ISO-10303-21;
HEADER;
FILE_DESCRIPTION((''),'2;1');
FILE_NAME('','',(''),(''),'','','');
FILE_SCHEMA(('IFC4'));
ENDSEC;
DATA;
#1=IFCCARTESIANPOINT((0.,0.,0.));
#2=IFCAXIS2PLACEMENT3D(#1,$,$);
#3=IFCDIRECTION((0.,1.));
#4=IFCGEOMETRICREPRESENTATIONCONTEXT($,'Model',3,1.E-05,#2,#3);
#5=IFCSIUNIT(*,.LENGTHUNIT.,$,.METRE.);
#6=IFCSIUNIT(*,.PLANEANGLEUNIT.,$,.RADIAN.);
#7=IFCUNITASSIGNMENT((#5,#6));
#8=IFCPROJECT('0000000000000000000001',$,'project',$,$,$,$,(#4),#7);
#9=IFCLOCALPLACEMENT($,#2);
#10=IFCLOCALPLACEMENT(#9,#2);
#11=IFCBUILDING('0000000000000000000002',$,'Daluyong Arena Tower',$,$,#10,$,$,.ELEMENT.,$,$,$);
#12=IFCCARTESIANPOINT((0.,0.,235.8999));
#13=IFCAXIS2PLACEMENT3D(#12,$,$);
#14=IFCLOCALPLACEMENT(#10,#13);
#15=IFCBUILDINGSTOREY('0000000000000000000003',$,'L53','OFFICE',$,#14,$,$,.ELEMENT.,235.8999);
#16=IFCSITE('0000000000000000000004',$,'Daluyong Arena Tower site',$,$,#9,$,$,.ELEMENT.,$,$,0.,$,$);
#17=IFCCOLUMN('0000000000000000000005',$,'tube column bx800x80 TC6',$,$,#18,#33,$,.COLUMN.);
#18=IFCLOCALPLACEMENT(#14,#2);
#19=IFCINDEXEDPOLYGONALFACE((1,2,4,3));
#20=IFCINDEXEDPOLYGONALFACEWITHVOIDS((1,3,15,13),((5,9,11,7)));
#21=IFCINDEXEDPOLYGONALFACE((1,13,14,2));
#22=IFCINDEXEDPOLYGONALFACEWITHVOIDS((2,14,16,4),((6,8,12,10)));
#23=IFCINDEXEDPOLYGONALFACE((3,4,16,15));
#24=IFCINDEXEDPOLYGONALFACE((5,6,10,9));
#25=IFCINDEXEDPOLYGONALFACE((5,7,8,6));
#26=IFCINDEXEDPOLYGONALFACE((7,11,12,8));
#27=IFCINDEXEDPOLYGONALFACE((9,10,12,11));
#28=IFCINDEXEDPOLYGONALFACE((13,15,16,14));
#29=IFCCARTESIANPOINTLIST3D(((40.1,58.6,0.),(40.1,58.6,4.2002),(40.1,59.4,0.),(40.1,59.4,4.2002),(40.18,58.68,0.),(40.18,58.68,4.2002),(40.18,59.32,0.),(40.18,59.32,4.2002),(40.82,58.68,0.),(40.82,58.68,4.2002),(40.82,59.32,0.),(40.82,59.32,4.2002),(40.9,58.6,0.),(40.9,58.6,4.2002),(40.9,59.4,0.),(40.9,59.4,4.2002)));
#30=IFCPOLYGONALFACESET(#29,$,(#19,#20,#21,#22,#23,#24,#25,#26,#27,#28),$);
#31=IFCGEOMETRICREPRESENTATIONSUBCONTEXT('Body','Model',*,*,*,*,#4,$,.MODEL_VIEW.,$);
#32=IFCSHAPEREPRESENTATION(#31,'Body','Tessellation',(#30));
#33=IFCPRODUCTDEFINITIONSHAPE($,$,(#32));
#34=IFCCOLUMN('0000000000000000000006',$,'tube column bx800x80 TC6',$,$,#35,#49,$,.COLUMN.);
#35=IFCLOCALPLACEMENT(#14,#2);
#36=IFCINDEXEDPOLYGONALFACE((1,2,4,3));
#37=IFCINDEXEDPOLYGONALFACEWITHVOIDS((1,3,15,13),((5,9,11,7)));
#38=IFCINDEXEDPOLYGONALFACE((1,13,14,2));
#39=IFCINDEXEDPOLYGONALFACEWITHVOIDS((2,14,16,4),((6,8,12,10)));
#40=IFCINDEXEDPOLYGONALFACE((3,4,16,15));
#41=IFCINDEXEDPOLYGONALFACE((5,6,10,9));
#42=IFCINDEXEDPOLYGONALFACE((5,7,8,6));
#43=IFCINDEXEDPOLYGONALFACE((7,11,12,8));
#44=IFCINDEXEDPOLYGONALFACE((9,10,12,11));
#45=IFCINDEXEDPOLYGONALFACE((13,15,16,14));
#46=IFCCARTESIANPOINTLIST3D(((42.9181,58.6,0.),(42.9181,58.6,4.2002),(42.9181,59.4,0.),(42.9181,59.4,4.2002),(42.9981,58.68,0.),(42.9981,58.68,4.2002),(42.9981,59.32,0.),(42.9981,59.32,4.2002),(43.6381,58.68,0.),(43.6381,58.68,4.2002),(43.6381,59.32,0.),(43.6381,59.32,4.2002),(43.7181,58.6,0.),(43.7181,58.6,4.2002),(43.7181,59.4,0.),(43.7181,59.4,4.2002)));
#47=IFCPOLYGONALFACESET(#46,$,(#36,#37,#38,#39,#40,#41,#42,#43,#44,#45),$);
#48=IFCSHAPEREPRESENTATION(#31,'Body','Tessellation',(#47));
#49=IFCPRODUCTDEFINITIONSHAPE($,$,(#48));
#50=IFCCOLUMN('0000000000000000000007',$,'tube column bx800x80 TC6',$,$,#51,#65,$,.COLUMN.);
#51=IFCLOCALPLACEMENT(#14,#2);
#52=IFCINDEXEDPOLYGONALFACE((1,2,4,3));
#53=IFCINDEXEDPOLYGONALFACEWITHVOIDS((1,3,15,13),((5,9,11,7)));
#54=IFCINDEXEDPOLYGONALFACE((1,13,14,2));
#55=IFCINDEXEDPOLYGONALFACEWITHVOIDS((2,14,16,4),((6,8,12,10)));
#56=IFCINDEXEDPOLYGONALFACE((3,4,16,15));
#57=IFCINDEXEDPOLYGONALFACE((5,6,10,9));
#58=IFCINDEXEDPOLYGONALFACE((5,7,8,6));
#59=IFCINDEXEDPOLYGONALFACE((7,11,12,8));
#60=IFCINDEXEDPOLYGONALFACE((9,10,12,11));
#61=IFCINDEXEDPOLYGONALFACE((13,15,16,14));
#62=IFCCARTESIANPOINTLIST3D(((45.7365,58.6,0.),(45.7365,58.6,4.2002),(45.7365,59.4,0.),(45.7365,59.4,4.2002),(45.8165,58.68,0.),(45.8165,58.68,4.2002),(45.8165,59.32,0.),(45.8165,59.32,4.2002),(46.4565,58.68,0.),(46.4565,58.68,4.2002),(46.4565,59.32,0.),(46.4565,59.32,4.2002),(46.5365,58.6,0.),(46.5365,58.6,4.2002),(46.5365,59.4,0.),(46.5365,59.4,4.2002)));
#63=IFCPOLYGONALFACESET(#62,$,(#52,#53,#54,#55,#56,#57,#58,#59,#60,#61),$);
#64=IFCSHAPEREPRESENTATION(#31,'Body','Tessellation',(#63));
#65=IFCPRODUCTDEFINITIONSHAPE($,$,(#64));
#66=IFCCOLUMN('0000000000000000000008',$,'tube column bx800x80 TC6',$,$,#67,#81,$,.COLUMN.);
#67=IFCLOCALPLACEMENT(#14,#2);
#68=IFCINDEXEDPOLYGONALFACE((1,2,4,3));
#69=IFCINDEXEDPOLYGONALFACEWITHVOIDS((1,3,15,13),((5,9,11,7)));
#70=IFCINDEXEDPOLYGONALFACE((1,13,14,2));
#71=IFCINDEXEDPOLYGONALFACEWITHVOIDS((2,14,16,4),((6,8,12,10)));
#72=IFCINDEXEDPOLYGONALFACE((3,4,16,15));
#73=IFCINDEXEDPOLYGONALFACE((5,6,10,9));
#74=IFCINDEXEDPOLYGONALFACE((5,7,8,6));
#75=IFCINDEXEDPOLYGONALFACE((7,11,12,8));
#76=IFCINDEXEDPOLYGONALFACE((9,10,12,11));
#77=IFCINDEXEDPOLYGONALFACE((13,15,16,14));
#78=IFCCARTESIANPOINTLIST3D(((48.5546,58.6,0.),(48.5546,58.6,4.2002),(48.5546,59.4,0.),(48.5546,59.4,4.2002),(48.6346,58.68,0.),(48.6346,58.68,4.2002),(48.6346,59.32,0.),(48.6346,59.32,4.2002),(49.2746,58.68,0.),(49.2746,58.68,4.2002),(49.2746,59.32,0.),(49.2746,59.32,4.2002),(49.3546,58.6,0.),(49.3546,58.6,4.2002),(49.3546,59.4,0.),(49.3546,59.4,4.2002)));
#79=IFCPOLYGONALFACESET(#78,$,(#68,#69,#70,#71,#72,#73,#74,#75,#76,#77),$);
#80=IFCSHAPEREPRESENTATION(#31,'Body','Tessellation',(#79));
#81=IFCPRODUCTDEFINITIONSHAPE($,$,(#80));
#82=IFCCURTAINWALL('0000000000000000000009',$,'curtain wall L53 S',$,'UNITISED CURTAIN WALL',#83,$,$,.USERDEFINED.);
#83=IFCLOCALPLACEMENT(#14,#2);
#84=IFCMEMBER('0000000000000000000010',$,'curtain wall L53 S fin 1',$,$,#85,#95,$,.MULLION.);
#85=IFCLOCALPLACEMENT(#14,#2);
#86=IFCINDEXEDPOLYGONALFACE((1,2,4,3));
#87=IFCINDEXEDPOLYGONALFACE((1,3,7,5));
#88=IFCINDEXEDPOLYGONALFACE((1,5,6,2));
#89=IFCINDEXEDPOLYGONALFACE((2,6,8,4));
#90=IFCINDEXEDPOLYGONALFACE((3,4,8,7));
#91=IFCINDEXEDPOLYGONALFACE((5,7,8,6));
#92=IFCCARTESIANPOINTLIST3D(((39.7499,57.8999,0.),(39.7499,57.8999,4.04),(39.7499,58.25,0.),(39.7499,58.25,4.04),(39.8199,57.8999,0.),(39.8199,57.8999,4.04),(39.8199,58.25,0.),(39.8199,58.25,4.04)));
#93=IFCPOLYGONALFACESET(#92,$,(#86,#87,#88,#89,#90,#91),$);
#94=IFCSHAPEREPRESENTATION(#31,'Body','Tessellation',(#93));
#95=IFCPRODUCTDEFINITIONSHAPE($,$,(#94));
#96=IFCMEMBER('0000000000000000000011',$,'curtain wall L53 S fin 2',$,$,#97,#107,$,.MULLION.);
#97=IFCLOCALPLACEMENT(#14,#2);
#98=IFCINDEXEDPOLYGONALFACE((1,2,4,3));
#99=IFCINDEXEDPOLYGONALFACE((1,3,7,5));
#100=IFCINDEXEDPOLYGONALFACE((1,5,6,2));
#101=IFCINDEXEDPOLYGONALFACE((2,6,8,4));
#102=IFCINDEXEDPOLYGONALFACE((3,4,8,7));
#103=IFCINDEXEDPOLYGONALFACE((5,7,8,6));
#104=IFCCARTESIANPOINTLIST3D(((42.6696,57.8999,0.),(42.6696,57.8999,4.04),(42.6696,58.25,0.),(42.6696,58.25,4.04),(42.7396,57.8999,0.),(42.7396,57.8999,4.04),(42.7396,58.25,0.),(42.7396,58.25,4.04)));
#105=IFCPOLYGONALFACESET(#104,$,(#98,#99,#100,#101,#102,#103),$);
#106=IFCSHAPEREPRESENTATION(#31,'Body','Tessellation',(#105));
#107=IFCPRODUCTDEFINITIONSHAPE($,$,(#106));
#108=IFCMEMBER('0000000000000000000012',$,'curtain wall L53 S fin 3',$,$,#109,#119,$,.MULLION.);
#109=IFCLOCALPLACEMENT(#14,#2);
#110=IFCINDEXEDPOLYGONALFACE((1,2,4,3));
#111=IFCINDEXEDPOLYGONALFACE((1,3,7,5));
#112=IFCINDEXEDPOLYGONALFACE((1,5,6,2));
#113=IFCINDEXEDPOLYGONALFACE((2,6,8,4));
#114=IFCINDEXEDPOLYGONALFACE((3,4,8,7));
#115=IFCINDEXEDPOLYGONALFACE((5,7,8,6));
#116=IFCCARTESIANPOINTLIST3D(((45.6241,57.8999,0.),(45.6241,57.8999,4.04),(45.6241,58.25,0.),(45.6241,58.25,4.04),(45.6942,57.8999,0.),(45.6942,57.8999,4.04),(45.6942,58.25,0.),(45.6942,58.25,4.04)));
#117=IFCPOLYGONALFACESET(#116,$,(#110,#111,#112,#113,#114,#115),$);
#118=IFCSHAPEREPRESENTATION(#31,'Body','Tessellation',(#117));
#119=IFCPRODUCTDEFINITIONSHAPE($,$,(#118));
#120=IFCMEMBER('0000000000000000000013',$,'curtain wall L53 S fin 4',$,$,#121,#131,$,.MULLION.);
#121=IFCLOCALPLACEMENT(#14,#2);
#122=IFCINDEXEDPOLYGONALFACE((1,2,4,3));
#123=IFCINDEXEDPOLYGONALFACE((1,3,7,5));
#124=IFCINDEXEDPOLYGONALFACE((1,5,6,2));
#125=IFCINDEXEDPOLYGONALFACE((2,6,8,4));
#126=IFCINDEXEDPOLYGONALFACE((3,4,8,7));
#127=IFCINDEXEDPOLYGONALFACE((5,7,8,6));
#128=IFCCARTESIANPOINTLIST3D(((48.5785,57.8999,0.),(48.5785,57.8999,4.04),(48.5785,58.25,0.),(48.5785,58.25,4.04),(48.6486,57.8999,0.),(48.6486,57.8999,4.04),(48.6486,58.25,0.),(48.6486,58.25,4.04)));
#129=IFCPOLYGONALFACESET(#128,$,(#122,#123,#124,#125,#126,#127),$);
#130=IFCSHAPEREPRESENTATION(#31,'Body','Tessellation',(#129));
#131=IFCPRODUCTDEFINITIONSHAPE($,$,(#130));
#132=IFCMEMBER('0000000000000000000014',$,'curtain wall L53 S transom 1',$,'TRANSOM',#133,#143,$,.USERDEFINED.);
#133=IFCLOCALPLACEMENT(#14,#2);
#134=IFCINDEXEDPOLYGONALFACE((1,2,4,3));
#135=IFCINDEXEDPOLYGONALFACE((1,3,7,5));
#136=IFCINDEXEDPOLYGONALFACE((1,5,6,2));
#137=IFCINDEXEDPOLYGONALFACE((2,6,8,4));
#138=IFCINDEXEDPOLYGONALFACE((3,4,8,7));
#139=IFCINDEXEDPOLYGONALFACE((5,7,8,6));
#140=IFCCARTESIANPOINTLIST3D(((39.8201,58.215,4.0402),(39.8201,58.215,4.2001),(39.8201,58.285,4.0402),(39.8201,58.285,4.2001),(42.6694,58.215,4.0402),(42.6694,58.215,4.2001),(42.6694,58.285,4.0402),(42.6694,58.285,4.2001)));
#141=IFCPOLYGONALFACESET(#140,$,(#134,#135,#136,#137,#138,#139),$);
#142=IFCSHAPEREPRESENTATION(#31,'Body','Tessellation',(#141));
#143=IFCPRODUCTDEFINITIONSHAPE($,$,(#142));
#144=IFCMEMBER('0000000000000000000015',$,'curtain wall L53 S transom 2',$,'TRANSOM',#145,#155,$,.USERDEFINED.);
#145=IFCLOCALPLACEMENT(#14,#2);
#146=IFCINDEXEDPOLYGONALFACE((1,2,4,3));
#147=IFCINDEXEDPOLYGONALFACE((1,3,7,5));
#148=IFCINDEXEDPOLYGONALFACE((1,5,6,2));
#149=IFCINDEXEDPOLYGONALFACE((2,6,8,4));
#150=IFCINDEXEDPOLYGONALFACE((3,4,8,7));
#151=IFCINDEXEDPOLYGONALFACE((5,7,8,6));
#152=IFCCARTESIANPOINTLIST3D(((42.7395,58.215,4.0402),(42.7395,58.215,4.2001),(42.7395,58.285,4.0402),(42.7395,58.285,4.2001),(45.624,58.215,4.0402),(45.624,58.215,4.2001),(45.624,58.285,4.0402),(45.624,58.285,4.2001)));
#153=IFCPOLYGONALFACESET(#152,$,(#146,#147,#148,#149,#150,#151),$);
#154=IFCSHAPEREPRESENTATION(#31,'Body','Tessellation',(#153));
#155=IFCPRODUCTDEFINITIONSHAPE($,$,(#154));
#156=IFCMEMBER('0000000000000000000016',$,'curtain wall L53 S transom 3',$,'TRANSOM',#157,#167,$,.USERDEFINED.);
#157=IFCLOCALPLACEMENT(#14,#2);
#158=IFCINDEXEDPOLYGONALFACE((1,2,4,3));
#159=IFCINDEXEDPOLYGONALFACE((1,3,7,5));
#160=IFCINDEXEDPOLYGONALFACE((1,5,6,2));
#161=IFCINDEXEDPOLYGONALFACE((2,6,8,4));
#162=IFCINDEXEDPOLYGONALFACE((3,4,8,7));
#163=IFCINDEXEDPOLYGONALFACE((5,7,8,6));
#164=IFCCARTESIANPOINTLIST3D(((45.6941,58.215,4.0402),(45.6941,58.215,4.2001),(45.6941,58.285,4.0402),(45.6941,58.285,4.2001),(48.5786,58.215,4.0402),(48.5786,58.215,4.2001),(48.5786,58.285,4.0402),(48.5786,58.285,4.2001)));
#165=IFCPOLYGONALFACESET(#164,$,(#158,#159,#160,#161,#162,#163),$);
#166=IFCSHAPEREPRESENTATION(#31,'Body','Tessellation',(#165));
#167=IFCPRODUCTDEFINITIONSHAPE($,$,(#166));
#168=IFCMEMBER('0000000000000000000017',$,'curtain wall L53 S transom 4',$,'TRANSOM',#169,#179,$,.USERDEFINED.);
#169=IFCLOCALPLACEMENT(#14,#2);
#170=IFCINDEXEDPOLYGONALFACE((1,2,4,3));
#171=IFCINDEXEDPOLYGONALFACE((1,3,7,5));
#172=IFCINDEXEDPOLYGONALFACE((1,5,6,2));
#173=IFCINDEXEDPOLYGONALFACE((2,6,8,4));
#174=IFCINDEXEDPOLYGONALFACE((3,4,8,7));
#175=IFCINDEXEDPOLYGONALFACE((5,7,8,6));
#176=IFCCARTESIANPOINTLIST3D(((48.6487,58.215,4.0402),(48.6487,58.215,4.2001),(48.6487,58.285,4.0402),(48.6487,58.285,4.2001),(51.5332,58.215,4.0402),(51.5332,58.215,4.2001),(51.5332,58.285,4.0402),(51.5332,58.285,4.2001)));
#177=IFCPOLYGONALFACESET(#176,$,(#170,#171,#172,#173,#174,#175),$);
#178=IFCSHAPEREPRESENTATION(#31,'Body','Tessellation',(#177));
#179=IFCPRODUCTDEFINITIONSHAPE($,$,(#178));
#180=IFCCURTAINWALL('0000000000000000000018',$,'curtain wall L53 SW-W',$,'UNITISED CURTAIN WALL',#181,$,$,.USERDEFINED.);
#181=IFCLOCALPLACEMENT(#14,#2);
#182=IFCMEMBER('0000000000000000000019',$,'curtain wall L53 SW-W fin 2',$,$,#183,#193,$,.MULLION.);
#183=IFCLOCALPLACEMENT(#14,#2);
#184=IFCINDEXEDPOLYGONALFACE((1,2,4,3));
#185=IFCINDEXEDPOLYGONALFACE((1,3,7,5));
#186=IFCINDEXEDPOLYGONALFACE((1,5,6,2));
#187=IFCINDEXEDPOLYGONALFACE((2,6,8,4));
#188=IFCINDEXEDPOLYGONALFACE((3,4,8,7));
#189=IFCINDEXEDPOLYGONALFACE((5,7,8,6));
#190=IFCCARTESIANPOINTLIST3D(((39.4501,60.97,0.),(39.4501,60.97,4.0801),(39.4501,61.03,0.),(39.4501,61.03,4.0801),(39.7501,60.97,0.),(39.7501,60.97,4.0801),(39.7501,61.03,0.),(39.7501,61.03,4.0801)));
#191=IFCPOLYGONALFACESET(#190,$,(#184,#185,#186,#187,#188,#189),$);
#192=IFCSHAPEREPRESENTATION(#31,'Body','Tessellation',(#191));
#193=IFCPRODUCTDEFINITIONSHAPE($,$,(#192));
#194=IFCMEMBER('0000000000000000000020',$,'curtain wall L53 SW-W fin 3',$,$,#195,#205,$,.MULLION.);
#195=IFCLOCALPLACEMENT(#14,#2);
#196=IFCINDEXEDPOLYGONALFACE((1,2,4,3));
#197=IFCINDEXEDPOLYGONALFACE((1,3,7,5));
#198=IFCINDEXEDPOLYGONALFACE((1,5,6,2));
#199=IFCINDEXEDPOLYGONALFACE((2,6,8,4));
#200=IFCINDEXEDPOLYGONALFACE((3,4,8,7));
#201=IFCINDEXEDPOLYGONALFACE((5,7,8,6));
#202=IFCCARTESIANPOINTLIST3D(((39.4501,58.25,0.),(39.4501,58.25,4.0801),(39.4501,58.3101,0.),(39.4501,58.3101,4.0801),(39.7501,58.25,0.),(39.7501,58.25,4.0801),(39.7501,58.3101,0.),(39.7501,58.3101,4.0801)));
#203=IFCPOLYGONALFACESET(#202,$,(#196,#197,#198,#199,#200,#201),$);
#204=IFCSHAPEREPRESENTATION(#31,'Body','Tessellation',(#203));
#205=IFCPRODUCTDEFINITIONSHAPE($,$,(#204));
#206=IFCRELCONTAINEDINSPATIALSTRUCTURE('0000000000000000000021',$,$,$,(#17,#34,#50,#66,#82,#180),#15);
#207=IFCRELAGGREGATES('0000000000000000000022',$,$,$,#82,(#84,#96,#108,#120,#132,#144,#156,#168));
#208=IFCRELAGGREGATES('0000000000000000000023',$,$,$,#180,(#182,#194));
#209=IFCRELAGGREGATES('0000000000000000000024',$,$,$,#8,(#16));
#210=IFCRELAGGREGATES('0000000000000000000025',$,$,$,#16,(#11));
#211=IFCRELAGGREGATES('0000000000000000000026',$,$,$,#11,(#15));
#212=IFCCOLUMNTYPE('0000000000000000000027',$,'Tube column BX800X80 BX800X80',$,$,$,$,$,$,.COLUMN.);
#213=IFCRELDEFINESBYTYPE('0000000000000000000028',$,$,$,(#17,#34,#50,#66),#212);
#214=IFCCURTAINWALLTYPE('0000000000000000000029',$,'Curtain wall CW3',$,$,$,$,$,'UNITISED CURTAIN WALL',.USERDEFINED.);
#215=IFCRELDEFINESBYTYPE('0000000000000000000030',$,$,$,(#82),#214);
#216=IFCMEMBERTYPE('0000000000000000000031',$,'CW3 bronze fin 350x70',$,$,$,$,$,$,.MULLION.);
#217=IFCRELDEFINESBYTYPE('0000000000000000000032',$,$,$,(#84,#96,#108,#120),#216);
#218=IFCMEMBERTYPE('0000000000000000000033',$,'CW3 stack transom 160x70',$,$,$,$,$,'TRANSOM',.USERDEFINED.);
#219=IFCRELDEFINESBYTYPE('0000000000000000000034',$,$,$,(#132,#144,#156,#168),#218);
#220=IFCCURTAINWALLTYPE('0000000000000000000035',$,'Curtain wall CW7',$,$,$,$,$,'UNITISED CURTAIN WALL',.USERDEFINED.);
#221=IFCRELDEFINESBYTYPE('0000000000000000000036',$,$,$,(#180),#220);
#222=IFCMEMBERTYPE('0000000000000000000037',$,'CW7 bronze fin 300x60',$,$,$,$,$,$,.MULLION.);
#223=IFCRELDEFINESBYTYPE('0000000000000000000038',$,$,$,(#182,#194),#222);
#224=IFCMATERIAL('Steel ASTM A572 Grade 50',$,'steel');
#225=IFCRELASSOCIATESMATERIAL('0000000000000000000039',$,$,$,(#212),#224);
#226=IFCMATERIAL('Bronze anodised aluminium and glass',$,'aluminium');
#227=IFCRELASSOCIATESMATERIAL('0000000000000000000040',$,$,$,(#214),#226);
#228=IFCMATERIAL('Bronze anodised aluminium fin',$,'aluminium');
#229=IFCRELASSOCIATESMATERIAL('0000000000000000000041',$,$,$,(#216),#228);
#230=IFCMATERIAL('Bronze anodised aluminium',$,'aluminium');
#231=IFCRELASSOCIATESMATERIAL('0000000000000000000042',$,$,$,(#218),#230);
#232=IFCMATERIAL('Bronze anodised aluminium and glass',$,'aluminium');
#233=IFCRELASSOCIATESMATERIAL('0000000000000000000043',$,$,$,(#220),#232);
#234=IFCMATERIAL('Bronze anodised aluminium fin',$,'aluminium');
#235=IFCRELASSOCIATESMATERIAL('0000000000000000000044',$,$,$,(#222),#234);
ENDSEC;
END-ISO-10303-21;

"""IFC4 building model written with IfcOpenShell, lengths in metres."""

from ifc_helpers import new_model, si_unit, direction, frame, origin, origin_2d, place, context, subcontext, project, spatial, rectangle, hollow_rectangle, extrude, material, material_profile, profile_set, type_object, element, aggregate, save


model = new_model("IFC4")

# Units and contexts
model_context = context("Model", 3, precision=1e-05, world=origin(), true_north=direction((0.0, 1.0)))
body_context = subcontext(model_context, "Body", "Model", "MODEL_VIEW")
ifc_project = project(units=[si_unit("LENGTHUNIT", "METRE"), si_unit("PLANEANGLEUNIT", "RADIAN")], contexts=[model_context])

# Site, building, storey
site_placement = place(None, origin())
site = spatial("IfcSite", under=ifc_project, at=site_placement, Name="Daluyong Arena Tower site", CompositionType="ELEMENT", RefElevation=0.0)
building_placement = place(site_placement, origin())
building = spatial("IfcBuilding", under=site, at=building_placement, Name="Daluyong Arena Tower", CompositionType="ELEMENT")
storey_placement = place(building_placement, frame((0.0, 0.0, 235.8999)))
storey = spatial("IfcBuildingStorey", under=building, at=storey_placement, Name="L53", Description="OFFICE", CompositionType="ELEMENT", Elevation=235.8999)

# Columns
ifc_material_1 = material(Name="Steel ASTM A572 Grade 50", Category="steel")
ifc_material_profile_1 = material_profile(ifc_material_1, hollow_rectangle(XDim=0.8, YDim=0.8, WallThickness=0.08, at=origin_2d()))
ifc_profile_set_1 = profile_set([ifc_material_profile_1], Name="Steel ASTM A572 Grade 50")
column_type = type_object("IfcColumnType", Name="Tube column BX800X80 BX800X80", PredefinedType="COLUMN", material=ifc_profile_set_1)
for number, where, z_axis, x_axis, name in (
    (1, (40.5, 59.0, 0.0), (0.0, 0.0, 1.0), (1.0, 0.0, 0.0), "tube column bx800x80 TC6"),
    (2, (43.3181, 59.0, 0.0), (0.0, 0.0, 1.0), (1.0, 0.0, 0.0), "tube column bx800x80 TC6"),
    (3, (46.1365, 59.0, 0.0), (0.0, 0.0, 1.0), (1.0, 0.0, 0.0), "tube column bx800x80 TC6"),
    (4, (48.9546, 59.0, 0.0), (0.0, 0.0, 1.0), (1.0, 0.0, 0.0), "tube column bx800x80 TC6"),
):
    element("IfcColumn", number, at=place(storey_placement, frame(where, z_axis=z_axis, x_axis=x_axis)), inside=storey, type_object=column_type, Name=name, PredefinedType="COLUMN", context=body_context, shape_type="SweptSolid", body=[
        extrude(hollow_rectangle(XDim=0.8, YDim=0.8, WallThickness=0.08, at=origin_2d()), origin(), (0.0, 0.0, 1.0), 4.2002),
    ])

# Curtain walls, members
ifc_material_2 = material(Name="Bronze anodised aluminium and glass", Category="aluminium")
curtain_wall_type_1 = type_object("IfcCurtainWallType", Name="Curtain wall CW3", ElementType="UNITISED CURTAIN WALL", PredefinedType="USERDEFINED", material=ifc_material_2)
curtain_wall_1_placement = place(storey_placement, origin())
curtain_wall_1 = element("IfcCurtainWall", 5, at=curtain_wall_1_placement, inside=storey, type_object=curtain_wall_type_1, Name="curtain wall L53 S", ObjectType="UNITISED CURTAIN WALL", PredefinedType="USERDEFINED")
ifc_material_3 = material(Name="Bronze anodised aluminium fin", Category="aluminium")
ifc_material_profile_2 = material_profile(ifc_material_3, rectangle(XDim=0.3501, YDim=0.0701, at=origin_2d()))
ifc_profile_set_2 = profile_set([ifc_material_profile_2], Name="Bronze anodised aluminium fin")
member_type_1 = type_object("IfcMemberType", Name="CW3 bronze fin 350x70", PredefinedType="MULLION", material=ifc_profile_set_2)
member_1_placement = place(storey_placement, frame((39.7849, 58.075, 0.0), z_axis=(0.0, 0.0, 1.0), x_axis=(0.0, 1.0, 0.0)))
member_1 = element("IfcMember", 6, at=member_1_placement, type_object=member_type_1, Name="curtain wall L53 S fin 1", PredefinedType="MULLION", context=body_context, shape_type="SweptSolid", body=[
    extrude(rectangle(XDim=0.3501, YDim=0.0701, at=origin_2d()), origin(), (0.0, 0.0, 1.0), 4.04),
])
member_2_placement = place(storey_placement, frame((42.7046, 58.075, 0.0), z_axis=(0.0, 0.0, 1.0), x_axis=(0.0, 1.0, 0.0)))
member_2 = element("IfcMember", 7, at=member_2_placement, type_object=member_type_1, Name="curtain wall L53 S fin 2", PredefinedType="MULLION", context=body_context, shape_type="SweptSolid", body=[
    extrude(rectangle(XDim=0.3501, YDim=0.0701, at=origin_2d()), origin(), (0.0, 0.0, 1.0), 4.04),
])
member_3_placement = place(storey_placement, frame((45.6592, 58.075, 0.0), z_axis=(0.0, 0.0, 1.0), x_axis=(0.0, 1.0, 0.0)))
member_3 = element("IfcMember", 8, at=member_3_placement, type_object=member_type_1, Name="curtain wall L53 S fin 3", PredefinedType="MULLION", context=body_context, shape_type="SweptSolid", body=[
    extrude(rectangle(XDim=0.3501, YDim=0.0701, at=origin_2d()), origin(), (0.0, 0.0, 1.0), 4.04),
])
member_4_placement = place(storey_placement, frame((48.6135, 58.075, 0.0), z_axis=(0.0, 0.0, 1.0), x_axis=(0.0, 1.0, 0.0)))
member_4 = element("IfcMember", 9, at=member_4_placement, type_object=member_type_1, Name="curtain wall L53 S fin 4", PredefinedType="MULLION", context=body_context, shape_type="SweptSolid", body=[
    extrude(rectangle(XDim=0.3501, YDim=0.0701, at=origin_2d()), origin(), (0.0, 0.0, 1.0), 4.04),
])
ifc_material_4 = material(Name="Bronze anodised aluminium", Category="aluminium")
ifc_material_profile_3 = material_profile(ifc_material_4, rectangle(XDim=0.0701, YDim=0.1599, at=origin_2d()))
ifc_profile_set_3 = profile_set([ifc_material_profile_3], Name="Bronze anodised aluminium")
member_type_2 = type_object("IfcMemberType", Name="CW3 stack transom 160x70", ElementType="TRANSOM", PredefinedType="USERDEFINED", material=ifc_profile_set_3)
member_5_placement = place(storey_placement, frame((39.8201, 58.25, 4.1201), z_axis=(1.0, 0.0, 0.0), x_axis=(0.0, 1.0, 0.0)))
member_5 = element("IfcMember", 10, at=member_5_placement, type_object=member_type_2, Name="curtain wall L53 S transom 1", ObjectType="TRANSOM", PredefinedType="USERDEFINED", context=body_context, shape_type="SweptSolid", body=[
    extrude(rectangle(XDim=0.0701, YDim=0.1599, at=origin_2d()), origin(), (0.0, 0.0, 1.0), 2.8494),
])
member_6_placement = place(storey_placement, frame((42.7395, 58.25, 4.1201), z_axis=(1.0, 0.0, 0.0), x_axis=(0.0, 1.0, 0.0)))
member_6 = element("IfcMember", 11, at=member_6_placement, type_object=member_type_2, Name="curtain wall L53 S transom 2", ObjectType="TRANSOM", PredefinedType="USERDEFINED", context=body_context, shape_type="SweptSolid", body=[
    extrude(rectangle(XDim=0.0701, YDim=0.1599, at=origin_2d()), origin(), (0.0, 0.0, 1.0), 2.8845),
])
member_7_placement = place(storey_placement, frame((45.6941, 58.25, 4.1201), z_axis=(1.0, 0.0, 0.0), x_axis=(0.0, 1.0, 0.0)))
member_7 = element("IfcMember", 12, at=member_7_placement, type_object=member_type_2, Name="curtain wall L53 S transom 3", ObjectType="TRANSOM", PredefinedType="USERDEFINED", context=body_context, shape_type="SweptSolid", body=[
    extrude(rectangle(XDim=0.0701, YDim=0.1599, at=origin_2d()), origin(), (0.0, 0.0, 1.0), 2.8845),
])
member_8_placement = place(storey_placement, frame((48.6487, 58.25, 4.1201), z_axis=(1.0, 0.0, 0.0), x_axis=(0.0, 1.0, 0.0)))
member_8 = element("IfcMember", 13, at=member_8_placement, type_object=member_type_2, Name="curtain wall L53 S transom 4", ObjectType="TRANSOM", PredefinedType="USERDEFINED", context=body_context, shape_type="SweptSolid", body=[
    extrude(rectangle(XDim=0.0701, YDim=0.1599, at=origin_2d()), origin(), (0.0, 0.0, 1.0), 2.8845),
])
ifc_material_5 = material(Name="Bronze anodised aluminium and glass", Category="aluminium")
curtain_wall_type_2 = type_object("IfcCurtainWallType", Name="Curtain wall CW7", ElementType="UNITISED CURTAIN WALL", PredefinedType="USERDEFINED", material=ifc_material_5)
curtain_wall_2_placement = place(storey_placement, origin())
curtain_wall_2 = element("IfcCurtainWall", 14, at=curtain_wall_2_placement, inside=storey, type_object=curtain_wall_type_2, Name="curtain wall L53 SW-W", ObjectType="UNITISED CURTAIN WALL", PredefinedType="USERDEFINED")
ifc_material_6 = material(Name="Bronze anodised aluminium fin", Category="aluminium")
ifc_material_profile_4 = material_profile(ifc_material_6, rectangle(XDim=0.3, YDim=0.0601, at=origin_2d()))
ifc_profile_set_4 = profile_set([ifc_material_profile_4], Name="Bronze anodised aluminium fin")
member_type_3 = type_object("IfcMemberType", Name="CW7 bronze fin 300x60", PredefinedType="MULLION", material=ifc_profile_set_4)
member_9_placement = place(storey_placement, frame((39.6001, 61.0, 0.0), z_axis=(0.0, 0.0, 1.0), x_axis=(1.0, 0.0, 0.0)))
member_9 = element("IfcMember", 15, at=member_9_placement, type_object=member_type_3, Name="curtain wall L53 SW-W fin 2", PredefinedType="MULLION", context=body_context, shape_type="SweptSolid", body=[
    extrude(rectangle(XDim=0.3, YDim=0.0601, at=origin_2d()), origin(), (0.0, 0.0, 1.0), 4.0801),
])
member_10_placement = place(storey_placement, frame((39.6001, 58.28, 0.0), z_axis=(0.0, 0.0, 1.0), x_axis=(1.0, 0.0, 0.0)))
member_10 = element("IfcMember", 16, at=member_10_placement, type_object=member_type_3, Name="curtain wall L53 SW-W fin 3", PredefinedType="MULLION", context=body_context, shape_type="SweptSolid", body=[
    extrude(rectangle(XDim=0.3, YDim=0.0601, at=origin_2d()), origin(), (0.0, 0.0, 1.0), 4.0801),
])

aggregate(curtain_wall_1, [member_1, member_2, member_3, member_4, member_5, member_6, member_7, member_8])
aggregate(curtain_wall_2, [member_9, member_10])

save(model, "model.ifc")
